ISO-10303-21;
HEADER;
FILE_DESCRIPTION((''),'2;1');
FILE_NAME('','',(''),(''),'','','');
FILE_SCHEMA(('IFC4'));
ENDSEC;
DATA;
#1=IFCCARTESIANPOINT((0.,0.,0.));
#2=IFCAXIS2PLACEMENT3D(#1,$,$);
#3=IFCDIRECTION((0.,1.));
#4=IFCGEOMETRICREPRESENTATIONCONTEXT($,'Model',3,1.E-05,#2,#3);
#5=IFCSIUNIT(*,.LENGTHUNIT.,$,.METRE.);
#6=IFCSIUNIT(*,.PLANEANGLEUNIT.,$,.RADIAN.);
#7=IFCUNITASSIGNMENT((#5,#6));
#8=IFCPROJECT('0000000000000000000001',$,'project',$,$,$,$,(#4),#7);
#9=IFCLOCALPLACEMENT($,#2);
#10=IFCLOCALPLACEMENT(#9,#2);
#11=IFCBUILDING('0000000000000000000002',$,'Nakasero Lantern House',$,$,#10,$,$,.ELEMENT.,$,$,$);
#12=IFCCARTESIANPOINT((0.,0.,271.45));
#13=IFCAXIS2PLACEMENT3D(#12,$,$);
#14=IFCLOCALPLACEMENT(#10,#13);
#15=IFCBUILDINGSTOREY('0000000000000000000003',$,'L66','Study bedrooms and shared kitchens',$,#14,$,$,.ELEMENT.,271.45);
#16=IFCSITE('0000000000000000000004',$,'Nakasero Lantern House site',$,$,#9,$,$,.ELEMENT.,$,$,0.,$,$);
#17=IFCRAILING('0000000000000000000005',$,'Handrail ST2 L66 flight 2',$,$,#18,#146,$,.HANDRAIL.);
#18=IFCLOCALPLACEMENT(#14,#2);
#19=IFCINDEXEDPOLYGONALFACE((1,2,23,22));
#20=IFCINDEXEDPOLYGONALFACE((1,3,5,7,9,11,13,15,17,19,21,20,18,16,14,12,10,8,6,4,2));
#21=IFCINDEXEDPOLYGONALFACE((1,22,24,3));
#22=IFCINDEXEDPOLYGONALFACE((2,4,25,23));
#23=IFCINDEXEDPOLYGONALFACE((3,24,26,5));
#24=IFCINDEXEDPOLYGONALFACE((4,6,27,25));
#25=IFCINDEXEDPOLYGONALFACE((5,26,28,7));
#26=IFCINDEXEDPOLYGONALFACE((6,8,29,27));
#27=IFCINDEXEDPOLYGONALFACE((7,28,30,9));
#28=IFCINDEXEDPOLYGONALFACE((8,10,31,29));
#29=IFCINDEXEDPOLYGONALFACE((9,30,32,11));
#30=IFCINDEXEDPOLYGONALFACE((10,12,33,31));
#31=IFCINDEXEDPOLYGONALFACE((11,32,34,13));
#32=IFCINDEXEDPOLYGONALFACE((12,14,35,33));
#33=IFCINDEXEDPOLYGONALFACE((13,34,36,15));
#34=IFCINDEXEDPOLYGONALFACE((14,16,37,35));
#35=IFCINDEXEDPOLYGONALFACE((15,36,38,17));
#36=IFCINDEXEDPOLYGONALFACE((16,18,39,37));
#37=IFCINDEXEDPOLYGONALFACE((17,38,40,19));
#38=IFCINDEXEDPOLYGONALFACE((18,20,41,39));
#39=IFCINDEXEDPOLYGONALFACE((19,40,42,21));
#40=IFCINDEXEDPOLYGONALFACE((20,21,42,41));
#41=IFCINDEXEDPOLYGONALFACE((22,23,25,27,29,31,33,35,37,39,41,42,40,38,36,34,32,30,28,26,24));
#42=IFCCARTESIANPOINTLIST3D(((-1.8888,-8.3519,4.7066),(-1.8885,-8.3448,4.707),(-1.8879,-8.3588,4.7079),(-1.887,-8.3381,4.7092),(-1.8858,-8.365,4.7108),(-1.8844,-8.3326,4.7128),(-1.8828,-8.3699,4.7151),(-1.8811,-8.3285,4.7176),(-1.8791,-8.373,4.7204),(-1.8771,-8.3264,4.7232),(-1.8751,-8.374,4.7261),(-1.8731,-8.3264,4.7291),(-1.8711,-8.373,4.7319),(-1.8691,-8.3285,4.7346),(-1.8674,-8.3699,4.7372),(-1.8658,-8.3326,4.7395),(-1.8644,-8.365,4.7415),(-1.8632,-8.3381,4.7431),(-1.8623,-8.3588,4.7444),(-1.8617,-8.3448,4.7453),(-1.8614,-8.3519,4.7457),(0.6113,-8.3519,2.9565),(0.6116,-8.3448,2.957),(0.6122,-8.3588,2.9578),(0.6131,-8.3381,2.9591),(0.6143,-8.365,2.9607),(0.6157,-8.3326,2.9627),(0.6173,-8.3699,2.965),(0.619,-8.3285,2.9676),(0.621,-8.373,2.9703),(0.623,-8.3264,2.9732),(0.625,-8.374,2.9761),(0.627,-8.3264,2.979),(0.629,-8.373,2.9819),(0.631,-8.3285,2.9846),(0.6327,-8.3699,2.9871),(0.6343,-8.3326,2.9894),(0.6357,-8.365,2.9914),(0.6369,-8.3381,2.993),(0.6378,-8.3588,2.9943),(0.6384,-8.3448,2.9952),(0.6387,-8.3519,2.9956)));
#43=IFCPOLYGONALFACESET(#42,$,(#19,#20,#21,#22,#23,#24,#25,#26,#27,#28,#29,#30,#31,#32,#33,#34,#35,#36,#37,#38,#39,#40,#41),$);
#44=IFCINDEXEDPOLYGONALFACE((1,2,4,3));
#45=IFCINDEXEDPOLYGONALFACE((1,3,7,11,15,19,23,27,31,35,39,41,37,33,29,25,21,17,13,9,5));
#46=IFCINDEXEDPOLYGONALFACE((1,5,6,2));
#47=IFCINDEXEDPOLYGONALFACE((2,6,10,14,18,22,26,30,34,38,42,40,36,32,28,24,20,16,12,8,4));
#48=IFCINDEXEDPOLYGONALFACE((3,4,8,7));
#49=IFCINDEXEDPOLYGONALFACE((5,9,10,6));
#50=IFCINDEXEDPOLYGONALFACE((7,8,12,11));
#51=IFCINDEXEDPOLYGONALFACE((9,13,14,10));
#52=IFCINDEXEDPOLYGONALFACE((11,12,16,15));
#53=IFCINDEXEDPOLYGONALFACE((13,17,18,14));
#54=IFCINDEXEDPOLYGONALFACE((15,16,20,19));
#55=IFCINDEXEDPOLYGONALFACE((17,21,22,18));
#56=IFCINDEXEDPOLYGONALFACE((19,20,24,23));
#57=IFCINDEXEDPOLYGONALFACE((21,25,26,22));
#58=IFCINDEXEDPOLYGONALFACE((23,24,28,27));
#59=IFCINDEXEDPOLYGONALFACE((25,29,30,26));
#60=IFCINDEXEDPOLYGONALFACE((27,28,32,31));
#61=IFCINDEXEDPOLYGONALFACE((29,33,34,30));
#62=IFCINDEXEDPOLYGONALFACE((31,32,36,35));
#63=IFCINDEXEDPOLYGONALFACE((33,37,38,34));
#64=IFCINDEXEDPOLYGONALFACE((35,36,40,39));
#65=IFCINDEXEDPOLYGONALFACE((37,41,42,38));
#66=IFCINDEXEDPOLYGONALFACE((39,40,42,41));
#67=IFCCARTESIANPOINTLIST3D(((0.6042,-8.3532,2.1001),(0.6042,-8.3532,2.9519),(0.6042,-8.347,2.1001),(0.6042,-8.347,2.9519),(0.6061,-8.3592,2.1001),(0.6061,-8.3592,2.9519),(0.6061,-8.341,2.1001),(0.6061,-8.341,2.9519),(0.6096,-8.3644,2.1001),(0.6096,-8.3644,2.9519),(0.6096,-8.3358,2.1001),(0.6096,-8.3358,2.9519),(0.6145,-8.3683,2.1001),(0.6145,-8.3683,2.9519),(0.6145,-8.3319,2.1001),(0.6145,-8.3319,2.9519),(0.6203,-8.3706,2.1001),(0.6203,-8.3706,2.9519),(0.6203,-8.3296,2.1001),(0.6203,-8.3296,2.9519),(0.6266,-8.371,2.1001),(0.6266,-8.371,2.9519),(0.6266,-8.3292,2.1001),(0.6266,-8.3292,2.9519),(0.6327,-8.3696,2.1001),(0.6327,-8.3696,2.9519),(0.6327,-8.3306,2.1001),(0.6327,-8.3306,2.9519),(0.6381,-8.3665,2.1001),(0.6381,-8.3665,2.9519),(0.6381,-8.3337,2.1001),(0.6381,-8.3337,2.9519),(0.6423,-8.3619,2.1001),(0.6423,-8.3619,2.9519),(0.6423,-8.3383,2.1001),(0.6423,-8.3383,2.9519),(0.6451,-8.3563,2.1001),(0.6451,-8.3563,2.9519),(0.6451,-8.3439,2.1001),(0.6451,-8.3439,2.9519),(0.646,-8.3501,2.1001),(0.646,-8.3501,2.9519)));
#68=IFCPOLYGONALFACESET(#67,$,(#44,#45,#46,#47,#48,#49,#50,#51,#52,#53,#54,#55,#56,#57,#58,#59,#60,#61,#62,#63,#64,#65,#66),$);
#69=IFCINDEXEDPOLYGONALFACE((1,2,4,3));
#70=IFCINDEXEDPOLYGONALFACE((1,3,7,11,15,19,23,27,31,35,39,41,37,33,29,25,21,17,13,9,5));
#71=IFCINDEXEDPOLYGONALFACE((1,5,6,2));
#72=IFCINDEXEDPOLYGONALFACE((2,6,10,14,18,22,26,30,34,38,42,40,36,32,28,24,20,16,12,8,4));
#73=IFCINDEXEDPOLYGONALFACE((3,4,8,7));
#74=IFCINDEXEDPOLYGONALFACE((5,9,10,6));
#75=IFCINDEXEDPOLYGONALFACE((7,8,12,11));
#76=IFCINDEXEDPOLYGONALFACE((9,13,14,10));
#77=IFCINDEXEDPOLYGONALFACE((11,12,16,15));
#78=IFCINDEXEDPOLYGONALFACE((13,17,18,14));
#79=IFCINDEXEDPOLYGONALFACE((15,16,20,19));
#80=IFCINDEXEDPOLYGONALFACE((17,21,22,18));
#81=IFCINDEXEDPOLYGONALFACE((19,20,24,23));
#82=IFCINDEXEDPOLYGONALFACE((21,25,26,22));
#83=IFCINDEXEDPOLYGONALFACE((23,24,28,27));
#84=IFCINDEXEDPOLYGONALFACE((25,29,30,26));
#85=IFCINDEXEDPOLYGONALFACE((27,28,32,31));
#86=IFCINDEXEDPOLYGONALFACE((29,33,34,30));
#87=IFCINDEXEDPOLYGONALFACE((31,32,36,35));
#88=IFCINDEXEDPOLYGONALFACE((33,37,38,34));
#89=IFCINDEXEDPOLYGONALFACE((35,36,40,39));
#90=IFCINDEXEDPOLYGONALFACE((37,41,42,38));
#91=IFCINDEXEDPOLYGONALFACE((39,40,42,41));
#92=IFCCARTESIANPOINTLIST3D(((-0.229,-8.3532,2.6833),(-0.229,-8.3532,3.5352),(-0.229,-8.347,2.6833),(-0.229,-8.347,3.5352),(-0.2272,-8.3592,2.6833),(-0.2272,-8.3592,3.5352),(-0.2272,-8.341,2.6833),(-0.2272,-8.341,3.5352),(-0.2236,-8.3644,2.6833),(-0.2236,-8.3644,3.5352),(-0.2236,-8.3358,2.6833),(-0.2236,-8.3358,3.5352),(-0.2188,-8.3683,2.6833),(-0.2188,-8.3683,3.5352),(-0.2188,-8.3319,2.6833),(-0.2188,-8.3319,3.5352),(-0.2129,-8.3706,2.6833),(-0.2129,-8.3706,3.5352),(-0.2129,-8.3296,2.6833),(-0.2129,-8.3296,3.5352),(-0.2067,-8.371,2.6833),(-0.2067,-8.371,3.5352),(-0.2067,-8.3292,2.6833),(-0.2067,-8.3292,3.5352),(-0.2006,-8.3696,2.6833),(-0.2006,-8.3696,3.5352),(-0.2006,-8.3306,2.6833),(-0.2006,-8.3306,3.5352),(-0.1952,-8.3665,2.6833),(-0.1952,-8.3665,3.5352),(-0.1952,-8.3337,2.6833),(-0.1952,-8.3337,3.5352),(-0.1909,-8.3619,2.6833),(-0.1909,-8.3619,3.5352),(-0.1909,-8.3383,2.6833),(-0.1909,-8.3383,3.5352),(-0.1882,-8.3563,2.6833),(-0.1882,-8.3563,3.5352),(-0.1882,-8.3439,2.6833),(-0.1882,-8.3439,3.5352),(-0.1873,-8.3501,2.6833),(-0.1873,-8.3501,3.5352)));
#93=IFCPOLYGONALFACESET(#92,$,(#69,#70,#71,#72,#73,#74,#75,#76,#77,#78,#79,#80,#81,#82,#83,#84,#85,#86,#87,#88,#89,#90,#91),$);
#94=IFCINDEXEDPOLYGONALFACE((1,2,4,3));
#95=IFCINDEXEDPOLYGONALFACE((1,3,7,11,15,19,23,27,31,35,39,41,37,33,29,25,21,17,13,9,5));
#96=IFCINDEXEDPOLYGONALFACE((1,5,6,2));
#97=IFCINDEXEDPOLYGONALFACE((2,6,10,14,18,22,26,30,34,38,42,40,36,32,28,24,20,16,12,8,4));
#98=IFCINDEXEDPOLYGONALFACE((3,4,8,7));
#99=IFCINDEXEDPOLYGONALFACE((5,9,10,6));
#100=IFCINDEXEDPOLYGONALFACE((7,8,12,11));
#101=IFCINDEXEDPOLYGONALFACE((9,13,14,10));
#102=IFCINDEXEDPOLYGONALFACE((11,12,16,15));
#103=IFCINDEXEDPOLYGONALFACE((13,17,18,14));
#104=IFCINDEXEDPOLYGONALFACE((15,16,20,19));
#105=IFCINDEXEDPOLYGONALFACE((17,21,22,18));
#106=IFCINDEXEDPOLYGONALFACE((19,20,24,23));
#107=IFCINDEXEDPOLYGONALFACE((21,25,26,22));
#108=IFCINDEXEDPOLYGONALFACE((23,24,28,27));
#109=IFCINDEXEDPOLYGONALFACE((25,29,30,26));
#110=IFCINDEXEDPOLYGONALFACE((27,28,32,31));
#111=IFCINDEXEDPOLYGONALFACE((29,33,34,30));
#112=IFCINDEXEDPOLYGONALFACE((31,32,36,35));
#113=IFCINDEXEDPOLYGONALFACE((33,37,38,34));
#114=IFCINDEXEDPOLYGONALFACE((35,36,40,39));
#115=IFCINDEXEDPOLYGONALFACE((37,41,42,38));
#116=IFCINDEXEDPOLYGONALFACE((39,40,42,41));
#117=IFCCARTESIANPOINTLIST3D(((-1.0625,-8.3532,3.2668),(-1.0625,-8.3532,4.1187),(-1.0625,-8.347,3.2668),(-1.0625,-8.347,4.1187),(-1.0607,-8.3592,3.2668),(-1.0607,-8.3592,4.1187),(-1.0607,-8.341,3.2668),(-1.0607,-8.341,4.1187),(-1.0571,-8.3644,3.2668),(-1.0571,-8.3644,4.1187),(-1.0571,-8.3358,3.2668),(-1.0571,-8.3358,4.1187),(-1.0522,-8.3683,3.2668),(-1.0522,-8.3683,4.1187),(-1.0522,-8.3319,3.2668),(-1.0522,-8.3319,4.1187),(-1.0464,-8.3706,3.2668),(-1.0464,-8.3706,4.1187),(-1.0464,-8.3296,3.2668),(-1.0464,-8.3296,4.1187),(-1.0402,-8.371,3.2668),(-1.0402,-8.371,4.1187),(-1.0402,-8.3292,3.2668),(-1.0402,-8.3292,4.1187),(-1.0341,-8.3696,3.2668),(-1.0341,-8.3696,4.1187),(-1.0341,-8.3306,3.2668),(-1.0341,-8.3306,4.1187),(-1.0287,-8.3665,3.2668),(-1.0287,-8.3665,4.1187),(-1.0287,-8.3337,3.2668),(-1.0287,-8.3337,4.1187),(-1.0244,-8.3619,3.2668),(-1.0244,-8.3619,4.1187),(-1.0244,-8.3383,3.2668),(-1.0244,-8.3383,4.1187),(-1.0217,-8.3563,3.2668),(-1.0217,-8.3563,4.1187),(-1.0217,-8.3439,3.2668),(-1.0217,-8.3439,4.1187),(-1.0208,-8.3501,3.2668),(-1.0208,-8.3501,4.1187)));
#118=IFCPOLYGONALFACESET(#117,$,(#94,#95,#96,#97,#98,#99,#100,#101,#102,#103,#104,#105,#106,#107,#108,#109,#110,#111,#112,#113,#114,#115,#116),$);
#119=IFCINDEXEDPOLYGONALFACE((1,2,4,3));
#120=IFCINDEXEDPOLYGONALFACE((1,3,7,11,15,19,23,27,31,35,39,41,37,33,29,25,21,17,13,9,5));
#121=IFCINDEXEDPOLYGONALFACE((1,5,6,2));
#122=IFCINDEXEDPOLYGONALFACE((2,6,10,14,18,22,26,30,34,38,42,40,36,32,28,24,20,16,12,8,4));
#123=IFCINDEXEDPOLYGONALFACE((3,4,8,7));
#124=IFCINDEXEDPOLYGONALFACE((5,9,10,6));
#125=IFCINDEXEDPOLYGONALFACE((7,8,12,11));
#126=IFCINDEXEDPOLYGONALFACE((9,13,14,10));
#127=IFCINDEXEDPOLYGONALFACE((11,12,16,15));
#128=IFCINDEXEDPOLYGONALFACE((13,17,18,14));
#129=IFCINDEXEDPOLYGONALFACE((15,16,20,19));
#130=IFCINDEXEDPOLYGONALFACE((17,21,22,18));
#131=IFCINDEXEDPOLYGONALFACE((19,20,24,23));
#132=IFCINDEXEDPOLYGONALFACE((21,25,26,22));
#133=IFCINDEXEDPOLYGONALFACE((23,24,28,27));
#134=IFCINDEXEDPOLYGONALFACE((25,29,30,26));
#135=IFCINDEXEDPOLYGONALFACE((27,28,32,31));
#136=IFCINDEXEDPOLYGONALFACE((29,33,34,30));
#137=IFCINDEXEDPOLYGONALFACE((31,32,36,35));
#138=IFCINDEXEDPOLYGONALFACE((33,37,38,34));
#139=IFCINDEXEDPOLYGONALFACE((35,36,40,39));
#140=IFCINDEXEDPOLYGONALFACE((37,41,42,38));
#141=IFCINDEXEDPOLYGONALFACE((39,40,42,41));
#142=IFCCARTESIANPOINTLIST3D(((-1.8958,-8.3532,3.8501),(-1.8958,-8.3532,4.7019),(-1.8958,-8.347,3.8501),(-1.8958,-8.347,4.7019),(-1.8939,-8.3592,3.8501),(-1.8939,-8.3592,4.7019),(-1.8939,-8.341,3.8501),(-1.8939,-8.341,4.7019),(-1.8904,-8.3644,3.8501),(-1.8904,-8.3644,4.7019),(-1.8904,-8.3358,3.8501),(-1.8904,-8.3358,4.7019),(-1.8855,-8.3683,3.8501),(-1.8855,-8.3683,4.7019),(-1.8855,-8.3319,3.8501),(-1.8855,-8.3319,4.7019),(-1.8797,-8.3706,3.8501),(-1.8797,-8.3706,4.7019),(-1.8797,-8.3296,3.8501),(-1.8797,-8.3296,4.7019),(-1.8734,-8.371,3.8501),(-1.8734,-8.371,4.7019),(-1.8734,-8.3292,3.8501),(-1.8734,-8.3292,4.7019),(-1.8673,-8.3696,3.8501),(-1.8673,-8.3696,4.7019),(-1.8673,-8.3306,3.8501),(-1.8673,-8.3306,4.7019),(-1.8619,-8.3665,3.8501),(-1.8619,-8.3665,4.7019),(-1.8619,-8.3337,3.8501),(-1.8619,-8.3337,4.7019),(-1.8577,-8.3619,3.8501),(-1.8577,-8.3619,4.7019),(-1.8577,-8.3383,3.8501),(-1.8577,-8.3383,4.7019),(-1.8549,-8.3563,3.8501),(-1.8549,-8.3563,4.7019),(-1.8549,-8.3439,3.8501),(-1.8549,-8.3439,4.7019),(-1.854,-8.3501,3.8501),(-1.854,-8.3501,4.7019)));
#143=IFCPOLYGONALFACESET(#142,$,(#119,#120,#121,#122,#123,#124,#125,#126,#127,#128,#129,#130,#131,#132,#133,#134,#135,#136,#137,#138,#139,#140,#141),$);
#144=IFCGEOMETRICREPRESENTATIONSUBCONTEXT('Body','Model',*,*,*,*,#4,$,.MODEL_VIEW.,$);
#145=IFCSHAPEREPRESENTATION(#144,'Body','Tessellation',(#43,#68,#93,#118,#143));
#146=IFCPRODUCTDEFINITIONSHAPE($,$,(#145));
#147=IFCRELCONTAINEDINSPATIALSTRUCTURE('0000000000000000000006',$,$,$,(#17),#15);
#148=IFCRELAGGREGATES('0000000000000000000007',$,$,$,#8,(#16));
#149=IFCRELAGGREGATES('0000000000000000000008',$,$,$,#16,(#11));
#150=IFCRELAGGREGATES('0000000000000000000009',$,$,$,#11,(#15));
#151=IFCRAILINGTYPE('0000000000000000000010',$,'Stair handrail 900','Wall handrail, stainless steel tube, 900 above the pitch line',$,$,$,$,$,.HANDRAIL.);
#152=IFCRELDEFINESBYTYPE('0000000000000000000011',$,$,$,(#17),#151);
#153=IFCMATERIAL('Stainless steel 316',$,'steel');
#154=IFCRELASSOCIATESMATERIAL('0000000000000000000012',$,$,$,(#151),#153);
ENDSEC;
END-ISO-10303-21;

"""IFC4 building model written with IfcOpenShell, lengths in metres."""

from ifc_helpers import new_model, si_unit, direction, frame, origin, origin_2d, place, context, subcontext, project, spatial, circle, extrude, material, type_object, element, save


model = new_model("IFC4")

# Units and contexts
model_context = context("Model", 3, precision=1e-05, world=origin(), true_north=direction((0.0, 1.0)))
body_context = subcontext(model_context, "Body", "Model", "MODEL_VIEW")
ifc_project = project(units=[si_unit("LENGTHUNIT", "METRE"), si_unit("PLANEANGLEUNIT", "RADIAN")], contexts=[model_context])

# Site, building, storey
site_placement = place(None, origin())
site = spatial("IfcSite", under=ifc_project, at=site_placement, Name="Nakasero Lantern House site", CompositionType="ELEMENT", RefElevation=0.0)
building_placement = place(site_placement, origin())
building = spatial("IfcBuilding", under=site, at=building_placement, Name="Nakasero Lantern House", CompositionType="ELEMENT")
storey_placement = place(building_placement, frame((0.0, 0.0, 271.45)))
storey = spatial("IfcBuildingStorey", under=building, at=storey_placement, Name="L66", Description="Study bedrooms and shared kitchens", CompositionType="ELEMENT", Elevation=271.45)

# Railing
ifc_material_1 = material(Name="Stainless steel 316", Category="steel")
railing_type = type_object("IfcRailingType", Name="Stair handrail 900", Description="Wall handrail, stainless steel tube, 900 above the pitch line", PredefinedType="HANDRAIL", material=ifc_material_1)
railing_placement = place(storey_placement, frame((0.625, -8.3501, 2.1001)))
element("IfcRailing", 1, at=railing_placement, inside=storey, type_object=railing_type, Name="Handrail ST2 L66 flight 2", PredefinedType="HANDRAIL", context=body_context, shape_type="SweptSolid", body=[
    extrude(circle(Radius=0.0239, at=origin_2d()), frame((0.0, 0.0, 0.876), z_axis=(-0.819232, 0.0, 0.573462), x_axis=(0.0, -1.0, 0.0)), (0.0, 0.0, 1.0), 3.0518),
    extrude(circle(Radius=0.021, at=origin_2d()), origin(), (0.0, 0.0, 1.0), 0.8518),
    extrude(circle(Radius=0.021, at=origin_2d()), frame((-0.8333, 0.0, 0.5833)), (0.0, 0.0, 1.0), 0.8518),
    extrude(circle(Radius=0.021, at=origin_2d()), frame((-1.6667, 0.0, 1.1667)), (0.0, 0.0, 1.0), 0.8518),
    extrude(circle(Radius=0.021, at=origin_2d()), frame((-2.5, 0.0, 1.75)), (0.0, 0.0, 1.0), 0.8518),
])

save(model, "model.ifc")
